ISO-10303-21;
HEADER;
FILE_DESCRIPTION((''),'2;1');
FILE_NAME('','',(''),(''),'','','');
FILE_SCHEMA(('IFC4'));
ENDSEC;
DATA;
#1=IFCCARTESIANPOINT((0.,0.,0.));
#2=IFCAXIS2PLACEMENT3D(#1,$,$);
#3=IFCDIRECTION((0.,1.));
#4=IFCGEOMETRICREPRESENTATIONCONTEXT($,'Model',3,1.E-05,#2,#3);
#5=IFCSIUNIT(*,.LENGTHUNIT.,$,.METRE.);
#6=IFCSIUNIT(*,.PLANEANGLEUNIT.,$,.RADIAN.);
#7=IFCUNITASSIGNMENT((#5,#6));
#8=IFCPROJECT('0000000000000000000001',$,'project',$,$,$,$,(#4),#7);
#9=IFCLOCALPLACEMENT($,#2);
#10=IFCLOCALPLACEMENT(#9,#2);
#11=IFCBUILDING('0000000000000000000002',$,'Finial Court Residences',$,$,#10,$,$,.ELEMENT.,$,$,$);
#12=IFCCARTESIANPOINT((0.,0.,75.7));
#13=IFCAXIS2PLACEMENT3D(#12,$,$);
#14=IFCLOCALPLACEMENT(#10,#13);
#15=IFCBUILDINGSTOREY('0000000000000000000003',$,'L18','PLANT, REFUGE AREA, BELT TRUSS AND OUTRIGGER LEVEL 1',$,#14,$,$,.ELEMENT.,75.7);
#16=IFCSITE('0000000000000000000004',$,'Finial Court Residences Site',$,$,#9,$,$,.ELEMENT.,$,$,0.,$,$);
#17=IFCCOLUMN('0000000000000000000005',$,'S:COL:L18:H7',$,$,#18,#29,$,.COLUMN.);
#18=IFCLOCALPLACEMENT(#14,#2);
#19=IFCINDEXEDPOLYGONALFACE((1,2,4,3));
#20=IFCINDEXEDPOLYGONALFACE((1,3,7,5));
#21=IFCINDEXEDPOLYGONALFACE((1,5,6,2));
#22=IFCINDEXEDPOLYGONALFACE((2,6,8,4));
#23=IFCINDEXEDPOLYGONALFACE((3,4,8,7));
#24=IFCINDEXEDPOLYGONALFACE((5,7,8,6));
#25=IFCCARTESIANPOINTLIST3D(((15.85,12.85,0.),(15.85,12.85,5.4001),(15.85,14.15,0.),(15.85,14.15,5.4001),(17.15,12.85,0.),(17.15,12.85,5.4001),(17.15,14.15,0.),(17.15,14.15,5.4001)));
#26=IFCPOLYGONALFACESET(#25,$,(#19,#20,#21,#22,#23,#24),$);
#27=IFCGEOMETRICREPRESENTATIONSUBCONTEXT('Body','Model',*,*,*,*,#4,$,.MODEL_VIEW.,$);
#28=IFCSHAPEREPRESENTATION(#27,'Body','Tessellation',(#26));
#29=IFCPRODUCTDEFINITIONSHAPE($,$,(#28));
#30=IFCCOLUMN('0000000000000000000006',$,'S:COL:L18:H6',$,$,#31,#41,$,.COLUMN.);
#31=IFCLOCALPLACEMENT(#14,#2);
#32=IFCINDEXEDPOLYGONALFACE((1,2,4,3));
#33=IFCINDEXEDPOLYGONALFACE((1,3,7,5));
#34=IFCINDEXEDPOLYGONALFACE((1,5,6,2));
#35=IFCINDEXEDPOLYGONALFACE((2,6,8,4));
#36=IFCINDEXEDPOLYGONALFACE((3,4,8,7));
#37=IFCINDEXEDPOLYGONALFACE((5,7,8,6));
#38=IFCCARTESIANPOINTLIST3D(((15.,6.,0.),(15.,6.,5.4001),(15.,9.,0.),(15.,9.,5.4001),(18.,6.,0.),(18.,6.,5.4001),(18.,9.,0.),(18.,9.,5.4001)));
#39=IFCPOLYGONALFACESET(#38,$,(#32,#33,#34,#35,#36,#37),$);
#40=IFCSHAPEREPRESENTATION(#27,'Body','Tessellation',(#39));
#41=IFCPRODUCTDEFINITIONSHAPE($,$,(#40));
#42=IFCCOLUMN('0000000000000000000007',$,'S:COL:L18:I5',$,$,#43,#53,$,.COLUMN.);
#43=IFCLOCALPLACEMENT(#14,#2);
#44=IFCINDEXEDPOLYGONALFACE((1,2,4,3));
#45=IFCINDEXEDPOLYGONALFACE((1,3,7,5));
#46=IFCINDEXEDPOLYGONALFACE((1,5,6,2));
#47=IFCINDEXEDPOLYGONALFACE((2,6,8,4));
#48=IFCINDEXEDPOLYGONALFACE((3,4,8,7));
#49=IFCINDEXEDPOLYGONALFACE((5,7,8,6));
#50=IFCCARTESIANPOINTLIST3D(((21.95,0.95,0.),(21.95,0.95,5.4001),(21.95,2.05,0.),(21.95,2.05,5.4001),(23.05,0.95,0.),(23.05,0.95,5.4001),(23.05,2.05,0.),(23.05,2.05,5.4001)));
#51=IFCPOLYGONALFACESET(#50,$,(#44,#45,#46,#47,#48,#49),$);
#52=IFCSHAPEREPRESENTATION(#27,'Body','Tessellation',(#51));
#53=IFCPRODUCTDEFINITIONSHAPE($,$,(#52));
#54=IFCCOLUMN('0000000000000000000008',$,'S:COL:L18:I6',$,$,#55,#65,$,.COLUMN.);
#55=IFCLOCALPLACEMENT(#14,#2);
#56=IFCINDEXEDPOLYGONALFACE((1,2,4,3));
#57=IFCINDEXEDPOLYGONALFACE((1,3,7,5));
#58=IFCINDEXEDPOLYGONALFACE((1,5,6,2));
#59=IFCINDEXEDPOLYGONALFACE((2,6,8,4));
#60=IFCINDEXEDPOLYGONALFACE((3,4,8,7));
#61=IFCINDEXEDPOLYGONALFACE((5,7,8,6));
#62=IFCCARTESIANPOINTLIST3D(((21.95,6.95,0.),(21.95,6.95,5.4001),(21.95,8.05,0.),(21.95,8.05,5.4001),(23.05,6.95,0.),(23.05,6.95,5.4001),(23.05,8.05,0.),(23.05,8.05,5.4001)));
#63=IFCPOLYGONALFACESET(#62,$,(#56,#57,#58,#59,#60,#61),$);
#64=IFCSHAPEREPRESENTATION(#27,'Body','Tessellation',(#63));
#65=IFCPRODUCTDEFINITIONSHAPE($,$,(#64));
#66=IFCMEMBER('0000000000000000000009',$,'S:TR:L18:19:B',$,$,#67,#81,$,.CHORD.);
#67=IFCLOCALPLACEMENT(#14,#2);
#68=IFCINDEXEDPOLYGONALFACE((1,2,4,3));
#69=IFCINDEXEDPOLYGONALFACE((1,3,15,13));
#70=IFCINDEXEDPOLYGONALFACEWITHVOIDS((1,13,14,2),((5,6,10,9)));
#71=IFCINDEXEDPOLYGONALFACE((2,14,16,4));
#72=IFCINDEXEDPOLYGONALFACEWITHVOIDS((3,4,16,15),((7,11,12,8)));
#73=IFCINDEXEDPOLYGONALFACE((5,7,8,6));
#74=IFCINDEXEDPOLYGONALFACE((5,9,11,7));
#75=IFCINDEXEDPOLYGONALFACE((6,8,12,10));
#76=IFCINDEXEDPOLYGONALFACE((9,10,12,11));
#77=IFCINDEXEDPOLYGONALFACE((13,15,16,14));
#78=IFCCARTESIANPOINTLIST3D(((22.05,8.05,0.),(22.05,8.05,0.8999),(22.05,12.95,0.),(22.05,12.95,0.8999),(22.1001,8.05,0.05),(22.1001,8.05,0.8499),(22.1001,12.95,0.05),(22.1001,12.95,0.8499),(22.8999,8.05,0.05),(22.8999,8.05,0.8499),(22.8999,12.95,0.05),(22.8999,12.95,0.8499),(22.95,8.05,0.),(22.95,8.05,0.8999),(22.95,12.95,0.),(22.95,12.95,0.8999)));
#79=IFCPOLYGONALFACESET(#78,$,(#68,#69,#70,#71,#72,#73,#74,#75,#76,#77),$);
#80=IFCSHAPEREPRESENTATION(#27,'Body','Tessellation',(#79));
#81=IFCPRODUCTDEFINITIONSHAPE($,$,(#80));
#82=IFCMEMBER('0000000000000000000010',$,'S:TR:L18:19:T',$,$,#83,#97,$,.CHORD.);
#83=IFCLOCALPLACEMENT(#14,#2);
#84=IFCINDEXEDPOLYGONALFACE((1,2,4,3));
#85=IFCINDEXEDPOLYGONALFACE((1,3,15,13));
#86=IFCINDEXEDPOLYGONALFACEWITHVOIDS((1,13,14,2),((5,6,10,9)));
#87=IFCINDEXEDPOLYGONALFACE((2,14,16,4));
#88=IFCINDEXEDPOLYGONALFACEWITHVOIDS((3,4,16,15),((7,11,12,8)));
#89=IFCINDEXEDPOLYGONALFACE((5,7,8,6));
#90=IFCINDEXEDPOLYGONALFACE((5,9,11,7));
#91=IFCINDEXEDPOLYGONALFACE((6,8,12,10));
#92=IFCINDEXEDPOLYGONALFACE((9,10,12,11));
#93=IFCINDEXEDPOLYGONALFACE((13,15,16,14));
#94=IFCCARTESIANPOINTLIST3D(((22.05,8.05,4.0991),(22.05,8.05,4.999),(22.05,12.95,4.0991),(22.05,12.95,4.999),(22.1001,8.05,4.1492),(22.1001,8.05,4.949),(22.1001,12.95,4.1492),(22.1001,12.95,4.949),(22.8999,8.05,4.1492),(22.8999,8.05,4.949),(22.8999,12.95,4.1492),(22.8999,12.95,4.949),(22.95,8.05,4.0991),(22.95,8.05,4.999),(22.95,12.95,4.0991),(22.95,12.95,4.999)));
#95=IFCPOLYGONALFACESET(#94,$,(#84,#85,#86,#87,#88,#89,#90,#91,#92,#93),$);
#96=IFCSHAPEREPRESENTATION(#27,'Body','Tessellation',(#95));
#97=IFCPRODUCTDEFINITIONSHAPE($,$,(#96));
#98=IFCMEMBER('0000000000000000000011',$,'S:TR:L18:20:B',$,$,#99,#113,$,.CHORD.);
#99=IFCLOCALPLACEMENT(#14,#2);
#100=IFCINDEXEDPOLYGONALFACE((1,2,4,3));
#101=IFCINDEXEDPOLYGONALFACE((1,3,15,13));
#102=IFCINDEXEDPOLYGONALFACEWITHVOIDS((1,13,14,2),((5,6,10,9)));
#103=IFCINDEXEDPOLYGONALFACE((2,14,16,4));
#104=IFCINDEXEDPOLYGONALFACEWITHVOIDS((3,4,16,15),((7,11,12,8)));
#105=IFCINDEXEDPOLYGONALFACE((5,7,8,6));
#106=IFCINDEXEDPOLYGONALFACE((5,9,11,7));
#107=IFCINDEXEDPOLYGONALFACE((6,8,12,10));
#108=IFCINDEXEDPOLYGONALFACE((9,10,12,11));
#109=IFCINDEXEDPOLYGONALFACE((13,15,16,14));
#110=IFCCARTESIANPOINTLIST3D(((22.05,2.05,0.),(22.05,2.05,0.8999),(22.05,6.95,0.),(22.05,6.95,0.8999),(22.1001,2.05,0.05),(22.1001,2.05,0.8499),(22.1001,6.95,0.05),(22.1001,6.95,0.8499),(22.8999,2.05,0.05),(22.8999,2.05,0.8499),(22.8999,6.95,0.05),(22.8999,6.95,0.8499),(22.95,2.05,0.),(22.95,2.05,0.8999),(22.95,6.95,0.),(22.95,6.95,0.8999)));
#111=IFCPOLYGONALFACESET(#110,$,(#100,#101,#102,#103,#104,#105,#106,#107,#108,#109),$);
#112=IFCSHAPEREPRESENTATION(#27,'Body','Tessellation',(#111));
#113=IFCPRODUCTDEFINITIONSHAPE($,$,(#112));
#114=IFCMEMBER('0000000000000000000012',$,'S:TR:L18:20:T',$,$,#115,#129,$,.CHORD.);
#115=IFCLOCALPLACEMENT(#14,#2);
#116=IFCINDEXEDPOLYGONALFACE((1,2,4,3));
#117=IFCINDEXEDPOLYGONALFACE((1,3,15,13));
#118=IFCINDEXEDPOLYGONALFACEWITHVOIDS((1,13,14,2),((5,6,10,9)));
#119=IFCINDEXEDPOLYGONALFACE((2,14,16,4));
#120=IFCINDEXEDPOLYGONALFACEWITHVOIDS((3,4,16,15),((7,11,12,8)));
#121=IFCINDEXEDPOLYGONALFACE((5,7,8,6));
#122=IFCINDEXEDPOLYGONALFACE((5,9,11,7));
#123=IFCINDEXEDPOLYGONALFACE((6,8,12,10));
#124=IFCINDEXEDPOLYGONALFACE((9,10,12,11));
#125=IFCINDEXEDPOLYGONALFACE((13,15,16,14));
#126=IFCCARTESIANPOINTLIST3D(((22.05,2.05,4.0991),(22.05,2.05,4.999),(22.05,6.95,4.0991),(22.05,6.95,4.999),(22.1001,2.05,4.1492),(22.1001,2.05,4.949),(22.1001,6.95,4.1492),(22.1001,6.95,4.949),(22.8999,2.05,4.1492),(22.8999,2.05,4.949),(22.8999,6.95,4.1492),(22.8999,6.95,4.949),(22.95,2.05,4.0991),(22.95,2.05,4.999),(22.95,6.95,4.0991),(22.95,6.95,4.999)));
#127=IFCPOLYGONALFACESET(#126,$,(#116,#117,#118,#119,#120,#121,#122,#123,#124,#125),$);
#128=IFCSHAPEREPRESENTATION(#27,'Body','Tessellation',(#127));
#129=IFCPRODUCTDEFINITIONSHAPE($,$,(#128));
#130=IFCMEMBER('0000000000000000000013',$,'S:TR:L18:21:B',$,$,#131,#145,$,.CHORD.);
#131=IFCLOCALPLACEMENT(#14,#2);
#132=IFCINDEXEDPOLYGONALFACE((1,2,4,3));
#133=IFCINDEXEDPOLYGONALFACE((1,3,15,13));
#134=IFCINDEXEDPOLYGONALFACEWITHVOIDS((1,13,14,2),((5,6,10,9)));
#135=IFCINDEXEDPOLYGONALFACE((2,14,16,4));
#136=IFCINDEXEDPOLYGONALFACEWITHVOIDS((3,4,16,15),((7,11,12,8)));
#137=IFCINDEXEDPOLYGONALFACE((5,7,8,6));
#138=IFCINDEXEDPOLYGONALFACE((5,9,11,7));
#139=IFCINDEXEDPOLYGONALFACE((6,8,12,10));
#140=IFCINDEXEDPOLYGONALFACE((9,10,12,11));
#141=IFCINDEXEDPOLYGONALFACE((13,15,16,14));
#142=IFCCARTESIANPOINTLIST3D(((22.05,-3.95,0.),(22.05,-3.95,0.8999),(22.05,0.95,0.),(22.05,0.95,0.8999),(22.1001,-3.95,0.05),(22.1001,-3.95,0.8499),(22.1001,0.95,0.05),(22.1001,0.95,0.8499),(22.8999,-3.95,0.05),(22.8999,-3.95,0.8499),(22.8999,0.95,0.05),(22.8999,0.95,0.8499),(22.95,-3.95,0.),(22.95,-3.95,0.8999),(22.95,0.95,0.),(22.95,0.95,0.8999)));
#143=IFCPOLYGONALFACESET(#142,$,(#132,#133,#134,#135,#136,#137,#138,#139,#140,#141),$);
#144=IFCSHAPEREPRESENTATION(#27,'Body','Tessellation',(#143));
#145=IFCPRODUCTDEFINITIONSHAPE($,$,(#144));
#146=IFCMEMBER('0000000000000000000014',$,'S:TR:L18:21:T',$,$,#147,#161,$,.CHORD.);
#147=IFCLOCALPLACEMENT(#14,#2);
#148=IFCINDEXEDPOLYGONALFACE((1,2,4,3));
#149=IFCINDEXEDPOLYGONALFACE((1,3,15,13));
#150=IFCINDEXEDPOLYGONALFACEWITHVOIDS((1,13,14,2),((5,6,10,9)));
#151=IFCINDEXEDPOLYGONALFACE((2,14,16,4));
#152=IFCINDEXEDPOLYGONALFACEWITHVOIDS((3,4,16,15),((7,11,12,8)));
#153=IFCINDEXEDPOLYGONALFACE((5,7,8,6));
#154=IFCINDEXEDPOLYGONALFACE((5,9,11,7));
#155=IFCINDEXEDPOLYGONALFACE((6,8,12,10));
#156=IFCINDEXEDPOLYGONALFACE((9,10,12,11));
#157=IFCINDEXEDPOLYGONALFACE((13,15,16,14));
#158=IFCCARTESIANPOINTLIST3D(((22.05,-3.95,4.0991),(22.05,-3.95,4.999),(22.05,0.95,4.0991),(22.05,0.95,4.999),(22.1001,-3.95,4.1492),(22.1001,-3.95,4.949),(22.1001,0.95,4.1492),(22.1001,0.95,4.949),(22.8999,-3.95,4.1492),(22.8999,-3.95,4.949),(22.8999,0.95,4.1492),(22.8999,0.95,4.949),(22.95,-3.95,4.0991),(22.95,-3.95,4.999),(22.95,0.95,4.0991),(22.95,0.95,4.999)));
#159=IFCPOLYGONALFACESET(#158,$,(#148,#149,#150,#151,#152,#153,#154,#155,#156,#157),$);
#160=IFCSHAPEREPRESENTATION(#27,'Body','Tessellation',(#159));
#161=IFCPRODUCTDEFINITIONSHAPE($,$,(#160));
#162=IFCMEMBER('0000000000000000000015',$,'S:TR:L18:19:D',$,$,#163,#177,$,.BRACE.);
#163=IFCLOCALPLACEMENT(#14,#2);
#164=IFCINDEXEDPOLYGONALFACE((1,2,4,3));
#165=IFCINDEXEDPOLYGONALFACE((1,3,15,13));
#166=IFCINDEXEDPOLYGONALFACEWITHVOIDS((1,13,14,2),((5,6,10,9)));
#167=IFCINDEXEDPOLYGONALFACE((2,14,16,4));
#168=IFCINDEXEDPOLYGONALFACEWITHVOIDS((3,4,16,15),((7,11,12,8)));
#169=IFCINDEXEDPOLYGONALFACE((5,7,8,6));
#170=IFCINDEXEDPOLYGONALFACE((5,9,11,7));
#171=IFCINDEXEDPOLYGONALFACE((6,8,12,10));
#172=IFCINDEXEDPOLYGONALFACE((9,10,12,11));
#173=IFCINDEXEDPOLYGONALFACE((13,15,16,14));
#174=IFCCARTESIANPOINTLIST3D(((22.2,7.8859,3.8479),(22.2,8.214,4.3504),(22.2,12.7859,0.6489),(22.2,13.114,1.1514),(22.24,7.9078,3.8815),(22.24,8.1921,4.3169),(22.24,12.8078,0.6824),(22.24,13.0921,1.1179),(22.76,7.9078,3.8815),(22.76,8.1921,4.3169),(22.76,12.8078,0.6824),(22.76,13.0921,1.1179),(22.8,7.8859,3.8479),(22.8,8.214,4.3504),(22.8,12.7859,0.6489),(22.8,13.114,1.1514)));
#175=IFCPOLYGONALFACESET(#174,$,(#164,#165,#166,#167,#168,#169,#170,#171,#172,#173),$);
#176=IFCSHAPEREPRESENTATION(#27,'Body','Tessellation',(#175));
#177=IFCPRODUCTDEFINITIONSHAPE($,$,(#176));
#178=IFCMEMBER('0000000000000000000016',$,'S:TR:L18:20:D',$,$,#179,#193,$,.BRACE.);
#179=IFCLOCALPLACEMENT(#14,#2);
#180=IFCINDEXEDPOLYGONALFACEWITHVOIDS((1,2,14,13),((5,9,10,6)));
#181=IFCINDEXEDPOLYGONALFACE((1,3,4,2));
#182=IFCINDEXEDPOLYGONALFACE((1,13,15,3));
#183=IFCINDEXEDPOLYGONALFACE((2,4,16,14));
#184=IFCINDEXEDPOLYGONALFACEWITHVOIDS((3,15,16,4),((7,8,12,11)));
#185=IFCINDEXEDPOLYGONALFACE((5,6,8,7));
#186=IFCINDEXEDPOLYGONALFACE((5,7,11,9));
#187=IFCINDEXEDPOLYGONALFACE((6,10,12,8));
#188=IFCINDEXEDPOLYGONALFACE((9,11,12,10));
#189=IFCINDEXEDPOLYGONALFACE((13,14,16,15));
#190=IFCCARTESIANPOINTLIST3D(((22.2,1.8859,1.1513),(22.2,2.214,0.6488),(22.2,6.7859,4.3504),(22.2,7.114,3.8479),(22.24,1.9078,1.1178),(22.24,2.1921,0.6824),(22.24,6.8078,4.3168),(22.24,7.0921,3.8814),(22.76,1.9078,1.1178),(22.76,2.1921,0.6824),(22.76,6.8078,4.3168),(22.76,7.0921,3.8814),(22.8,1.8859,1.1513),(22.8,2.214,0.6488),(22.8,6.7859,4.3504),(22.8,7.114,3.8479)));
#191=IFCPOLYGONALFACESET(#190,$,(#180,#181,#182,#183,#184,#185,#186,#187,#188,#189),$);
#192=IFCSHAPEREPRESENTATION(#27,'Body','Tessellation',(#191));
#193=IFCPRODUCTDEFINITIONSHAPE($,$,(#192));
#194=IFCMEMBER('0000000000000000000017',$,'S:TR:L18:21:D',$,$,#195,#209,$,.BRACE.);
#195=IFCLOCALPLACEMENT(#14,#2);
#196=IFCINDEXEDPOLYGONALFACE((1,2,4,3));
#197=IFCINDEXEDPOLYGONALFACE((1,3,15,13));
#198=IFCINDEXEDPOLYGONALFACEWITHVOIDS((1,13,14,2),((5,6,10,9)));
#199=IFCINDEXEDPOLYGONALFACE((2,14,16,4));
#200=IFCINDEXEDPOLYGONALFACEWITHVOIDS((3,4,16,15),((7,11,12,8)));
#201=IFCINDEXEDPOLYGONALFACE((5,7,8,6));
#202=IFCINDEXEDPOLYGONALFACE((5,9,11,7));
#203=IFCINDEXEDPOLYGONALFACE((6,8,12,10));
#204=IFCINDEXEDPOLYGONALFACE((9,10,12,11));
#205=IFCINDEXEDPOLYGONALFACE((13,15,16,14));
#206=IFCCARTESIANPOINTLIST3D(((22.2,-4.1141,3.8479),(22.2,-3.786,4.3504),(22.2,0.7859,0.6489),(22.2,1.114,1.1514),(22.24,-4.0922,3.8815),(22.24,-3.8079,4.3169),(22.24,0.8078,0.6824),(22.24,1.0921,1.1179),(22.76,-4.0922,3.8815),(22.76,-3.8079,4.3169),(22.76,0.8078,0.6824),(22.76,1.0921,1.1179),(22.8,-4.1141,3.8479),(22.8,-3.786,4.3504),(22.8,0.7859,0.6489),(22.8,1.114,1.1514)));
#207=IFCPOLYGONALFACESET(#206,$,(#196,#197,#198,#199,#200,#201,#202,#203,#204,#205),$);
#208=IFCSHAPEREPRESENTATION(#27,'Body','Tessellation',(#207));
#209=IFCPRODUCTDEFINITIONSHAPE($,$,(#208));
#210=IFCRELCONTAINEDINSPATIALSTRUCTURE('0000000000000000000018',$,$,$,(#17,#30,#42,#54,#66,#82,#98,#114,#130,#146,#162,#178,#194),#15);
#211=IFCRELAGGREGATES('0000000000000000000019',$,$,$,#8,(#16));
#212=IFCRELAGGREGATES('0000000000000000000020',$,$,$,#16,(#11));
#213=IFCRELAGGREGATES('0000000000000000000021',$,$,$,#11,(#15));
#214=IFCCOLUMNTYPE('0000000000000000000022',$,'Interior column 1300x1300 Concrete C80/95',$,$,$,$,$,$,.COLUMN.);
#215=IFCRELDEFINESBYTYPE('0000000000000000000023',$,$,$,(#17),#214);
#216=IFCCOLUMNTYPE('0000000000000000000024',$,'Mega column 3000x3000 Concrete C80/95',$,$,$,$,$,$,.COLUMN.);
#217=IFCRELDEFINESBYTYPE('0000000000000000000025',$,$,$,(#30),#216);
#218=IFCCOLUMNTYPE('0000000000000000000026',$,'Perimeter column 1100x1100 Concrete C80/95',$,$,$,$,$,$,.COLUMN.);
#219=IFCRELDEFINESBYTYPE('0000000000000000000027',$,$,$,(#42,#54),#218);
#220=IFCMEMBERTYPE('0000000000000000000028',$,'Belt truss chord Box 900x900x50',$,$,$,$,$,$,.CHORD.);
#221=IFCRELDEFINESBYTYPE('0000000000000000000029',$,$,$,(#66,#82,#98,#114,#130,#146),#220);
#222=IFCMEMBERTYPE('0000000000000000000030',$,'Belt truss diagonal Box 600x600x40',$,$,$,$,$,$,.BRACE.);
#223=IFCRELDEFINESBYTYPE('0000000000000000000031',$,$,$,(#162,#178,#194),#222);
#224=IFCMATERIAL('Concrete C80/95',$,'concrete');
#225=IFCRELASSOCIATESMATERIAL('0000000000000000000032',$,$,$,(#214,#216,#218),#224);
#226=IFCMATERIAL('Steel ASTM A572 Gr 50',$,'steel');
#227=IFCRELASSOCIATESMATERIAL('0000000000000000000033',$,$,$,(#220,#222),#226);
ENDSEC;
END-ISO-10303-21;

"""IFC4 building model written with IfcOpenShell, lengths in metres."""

from ifc_helpers import new_model, si_unit, direction, frame, origin, origin_2d, place, context, subcontext, project, spatial, rectangle, hollow_rectangle, extrude, material, material_profile, profile_set, type_object, element, save


model = new_model("IFC4")

# Units and contexts
model_context = context("Model", 3, precision=1e-05, world=origin(), true_north=direction((0.0, 1.0)))
body_context = subcontext(model_context, "Body", "Model", "MODEL_VIEW")
ifc_project = project(units=[si_unit("LENGTHUNIT", "METRE"), si_unit("PLANEANGLEUNIT", "RADIAN")], contexts=[model_context])

# Site, building, storey
site_placement = place(None, origin())
site = spatial("IfcSite", under=ifc_project, at=site_placement, Name="Finial Court Residences Site", CompositionType="ELEMENT", RefElevation=0.0)
building_placement = place(site_placement, origin())
building = spatial("IfcBuilding", under=site, at=building_placement, Name="Finial Court Residences", CompositionType="ELEMENT")
storey_placement = place(building_placement, frame((0.0, 0.0, 75.7)))
storey = spatial("IfcBuildingStorey", under=building, at=storey_placement, Name="L18", Description="PLANT, REFUGE AREA, BELT TRUSS AND OUTRIGGER LEVEL 1", CompositionType="ELEMENT", Elevation=75.7)

# Columns
ifc_material_1 = material(Name="Concrete C80/95", Category="concrete")
ifc_material_profile_1 = material_profile(ifc_material_1, rectangle(XDim=1.3, YDim=1.3, at=origin_2d()), Name="1300x1300")
ifc_profile_set_1 = profile_set([ifc_material_profile_1], Name="Concrete C80/95")
column_type_1 = type_object("IfcColumnType", Name="Interior column 1300x1300 Concrete C80/95", PredefinedType="COLUMN", material=ifc_profile_set_1)
column_1_placement = place(storey_placement, frame((16.5, 13.5, 0.0), z_axis=(0.0, 0.0, 1.0), x_axis=(1.0, 0.0, 0.0)))
element("IfcColumn", 1, at=column_1_placement, inside=storey, type_object=column_type_1, Name="S:COL:L18:H7", PredefinedType="COLUMN", context=body_context, shape_type="SweptSolid", body=[
    extrude(rectangle(XDim=1.3, YDim=1.3, at=origin_2d()), origin(), (0.0, 0.0, 1.0), 5.4001),
])
ifc_material_profile_2 = material_profile(ifc_material_1, rectangle(XDim=3.0, YDim=3.0, at=origin_2d()), Name="3000x3000")
ifc_profile_set_2 = profile_set([ifc_material_profile_2], Name="Concrete C80/95")
column_type_2 = type_object("IfcColumnType", Name="Mega column 3000x3000 Concrete C80/95", PredefinedType="COLUMN", material=ifc_profile_set_2)
column_2_placement = place(storey_placement, frame((16.5, 7.5, 0.0), z_axis=(0.0, 0.0, 1.0), x_axis=(1.0, 0.0, 0.0)))
element("IfcColumn", 2, at=column_2_placement, inside=storey, type_object=column_type_2, Name="S:COL:L18:H6", PredefinedType="COLUMN", context=body_context, shape_type="SweptSolid", body=[
    extrude(rectangle(XDim=3.0, YDim=3.0, at=origin_2d()), origin(), (0.0, 0.0, 1.0), 5.4001),
])
ifc_material_profile_3 = material_profile(ifc_material_1, rectangle(XDim=1.1001, YDim=1.1001, at=origin_2d()), Name="1100x1100")
ifc_profile_set_3 = profile_set([ifc_material_profile_3], Name="Concrete C80/95")
column_type_3 = type_object("IfcColumnType", Name="Perimeter column 1100x1100 Concrete C80/95", PredefinedType="COLUMN", material=ifc_profile_set_3)
for number, where, z_axis, x_axis, name in (
    (3, (22.5, 1.5, 0.0), (0.0, 0.0, 1.0), (1.0, 0.0, 0.0), "S:COL:L18:I5"),
    (4, (22.5, 7.5, 0.0), (0.0, 0.0, 1.0), (1.0, 0.0, 0.0), "S:COL:L18:I6"),
):
    element("IfcColumn", number, at=place(storey_placement, frame(where, z_axis=z_axis, x_axis=x_axis)), inside=storey, type_object=column_type_3, Name=name, PredefinedType="COLUMN", context=body_context, shape_type="SweptSolid", body=[
        extrude(rectangle(XDim=1.1001, YDim=1.1001, at=origin_2d()), origin(), (0.0, 0.0, 1.0), 5.4001),
    ])

# Members
ifc_material_2 = material(Name="Steel ASTM A572 Gr 50", Category="steel")
ifc_material_profile_4 = material_profile(ifc_material_2, hollow_rectangle(XDim=0.8999, YDim=0.8999, WallThickness=0.05, at=origin_2d()), Name="Box 900x900x50")
ifc_profile_set_4 = profile_set([ifc_material_profile_4], Name="Steel ASTM A572 Gr 50")
member_type_1 = type_object("IfcMemberType", Name="Belt truss chord Box 900x900x50", PredefinedType="CHORD", material=ifc_profile_set_4)
for number, where, z_axis, x_axis, name in (
    (5, (22.5, 12.95, 0.45), (0.0, -1.0, 0.0), (1.0, 0.0, 0.0), "S:TR:L18:19:B"),
    (6, (22.5, 12.95, 4.5491), (0.0, -1.0, 0.0), (1.0, 0.0, 0.0), "S:TR:L18:19:T"),
    (7, (22.5, 6.95, 0.45), (0.0, -1.0, 0.0), (1.0, 0.0, 0.0), "S:TR:L18:20:B"),
    (8, (22.5, 6.95, 4.5491), (0.0, -1.0, 0.0), (1.0, 0.0, 0.0), "S:TR:L18:20:T"),
    (9, (22.5, 0.95, 0.45), (0.0, -1.0, 0.0), (1.0, 0.0, 0.0), "S:TR:L18:21:B"),
    (10, (22.5, 0.95, 4.5491), (0.0, -1.0, 0.0), (1.0, 0.0, 0.0), "S:TR:L18:21:T"),
):
    element("IfcMember", number, at=place(storey_placement, frame(where, z_axis=z_axis, x_axis=x_axis)), inside=storey, type_object=member_type_1, Name=name, PredefinedType="CHORD", context=body_context, shape_type="SweptSolid", body=[
        extrude(hollow_rectangle(XDim=0.8999, YDim=0.8999, WallThickness=0.05, at=origin_2d()), origin(), (0.0, 0.0, 1.0), 4.8999),
    ])
ifc_material_profile_5 = material_profile(ifc_material_2, hollow_rectangle(XDim=0.6001, YDim=0.6001, WallThickness=0.04, at=origin_2d()), Name="Box 600x600x40")
ifc_profile_set_5 = profile_set([ifc_material_profile_5], Name="Steel ASTM A572 Gr 50")
member_type_2 = type_object("IfcMemberType", Name="Belt truss diagonal Box 600x600x40", PredefinedType="BRACE", material=ifc_profile_set_5)
for number, where, z_axis, x_axis, name in (
    (11, (22.5, 12.95, 0.9001), (0.0, -0.837346, 0.546674), (1.0, 0.0, 0.0), "S:TR:L18:19:D"),
    (12, (22.5, 6.95, 4.0991), (0.0, -0.837346, -0.546674), (1.0, 0.0, 0.0), "S:TR:L18:20:D"),
    (13, (22.5, 0.95, 0.9001), (0.0, -0.837346, 0.546674), (1.0, 0.0, 0.0), "S:TR:L18:21:D"),
):
    element("IfcMember", number, at=place(storey_placement, frame(where, z_axis=z_axis, x_axis=x_axis)), inside=storey, type_object=member_type_2, Name=name, PredefinedType="BRACE", context=body_context, shape_type="SweptSolid", body=[
        extrude(hollow_rectangle(XDim=0.6001, YDim=0.6001, WallThickness=0.04, at=origin_2d()), origin(), (0.0, 0.0, 1.0), 5.8518),
    ])

save(model, "model.ifc")
